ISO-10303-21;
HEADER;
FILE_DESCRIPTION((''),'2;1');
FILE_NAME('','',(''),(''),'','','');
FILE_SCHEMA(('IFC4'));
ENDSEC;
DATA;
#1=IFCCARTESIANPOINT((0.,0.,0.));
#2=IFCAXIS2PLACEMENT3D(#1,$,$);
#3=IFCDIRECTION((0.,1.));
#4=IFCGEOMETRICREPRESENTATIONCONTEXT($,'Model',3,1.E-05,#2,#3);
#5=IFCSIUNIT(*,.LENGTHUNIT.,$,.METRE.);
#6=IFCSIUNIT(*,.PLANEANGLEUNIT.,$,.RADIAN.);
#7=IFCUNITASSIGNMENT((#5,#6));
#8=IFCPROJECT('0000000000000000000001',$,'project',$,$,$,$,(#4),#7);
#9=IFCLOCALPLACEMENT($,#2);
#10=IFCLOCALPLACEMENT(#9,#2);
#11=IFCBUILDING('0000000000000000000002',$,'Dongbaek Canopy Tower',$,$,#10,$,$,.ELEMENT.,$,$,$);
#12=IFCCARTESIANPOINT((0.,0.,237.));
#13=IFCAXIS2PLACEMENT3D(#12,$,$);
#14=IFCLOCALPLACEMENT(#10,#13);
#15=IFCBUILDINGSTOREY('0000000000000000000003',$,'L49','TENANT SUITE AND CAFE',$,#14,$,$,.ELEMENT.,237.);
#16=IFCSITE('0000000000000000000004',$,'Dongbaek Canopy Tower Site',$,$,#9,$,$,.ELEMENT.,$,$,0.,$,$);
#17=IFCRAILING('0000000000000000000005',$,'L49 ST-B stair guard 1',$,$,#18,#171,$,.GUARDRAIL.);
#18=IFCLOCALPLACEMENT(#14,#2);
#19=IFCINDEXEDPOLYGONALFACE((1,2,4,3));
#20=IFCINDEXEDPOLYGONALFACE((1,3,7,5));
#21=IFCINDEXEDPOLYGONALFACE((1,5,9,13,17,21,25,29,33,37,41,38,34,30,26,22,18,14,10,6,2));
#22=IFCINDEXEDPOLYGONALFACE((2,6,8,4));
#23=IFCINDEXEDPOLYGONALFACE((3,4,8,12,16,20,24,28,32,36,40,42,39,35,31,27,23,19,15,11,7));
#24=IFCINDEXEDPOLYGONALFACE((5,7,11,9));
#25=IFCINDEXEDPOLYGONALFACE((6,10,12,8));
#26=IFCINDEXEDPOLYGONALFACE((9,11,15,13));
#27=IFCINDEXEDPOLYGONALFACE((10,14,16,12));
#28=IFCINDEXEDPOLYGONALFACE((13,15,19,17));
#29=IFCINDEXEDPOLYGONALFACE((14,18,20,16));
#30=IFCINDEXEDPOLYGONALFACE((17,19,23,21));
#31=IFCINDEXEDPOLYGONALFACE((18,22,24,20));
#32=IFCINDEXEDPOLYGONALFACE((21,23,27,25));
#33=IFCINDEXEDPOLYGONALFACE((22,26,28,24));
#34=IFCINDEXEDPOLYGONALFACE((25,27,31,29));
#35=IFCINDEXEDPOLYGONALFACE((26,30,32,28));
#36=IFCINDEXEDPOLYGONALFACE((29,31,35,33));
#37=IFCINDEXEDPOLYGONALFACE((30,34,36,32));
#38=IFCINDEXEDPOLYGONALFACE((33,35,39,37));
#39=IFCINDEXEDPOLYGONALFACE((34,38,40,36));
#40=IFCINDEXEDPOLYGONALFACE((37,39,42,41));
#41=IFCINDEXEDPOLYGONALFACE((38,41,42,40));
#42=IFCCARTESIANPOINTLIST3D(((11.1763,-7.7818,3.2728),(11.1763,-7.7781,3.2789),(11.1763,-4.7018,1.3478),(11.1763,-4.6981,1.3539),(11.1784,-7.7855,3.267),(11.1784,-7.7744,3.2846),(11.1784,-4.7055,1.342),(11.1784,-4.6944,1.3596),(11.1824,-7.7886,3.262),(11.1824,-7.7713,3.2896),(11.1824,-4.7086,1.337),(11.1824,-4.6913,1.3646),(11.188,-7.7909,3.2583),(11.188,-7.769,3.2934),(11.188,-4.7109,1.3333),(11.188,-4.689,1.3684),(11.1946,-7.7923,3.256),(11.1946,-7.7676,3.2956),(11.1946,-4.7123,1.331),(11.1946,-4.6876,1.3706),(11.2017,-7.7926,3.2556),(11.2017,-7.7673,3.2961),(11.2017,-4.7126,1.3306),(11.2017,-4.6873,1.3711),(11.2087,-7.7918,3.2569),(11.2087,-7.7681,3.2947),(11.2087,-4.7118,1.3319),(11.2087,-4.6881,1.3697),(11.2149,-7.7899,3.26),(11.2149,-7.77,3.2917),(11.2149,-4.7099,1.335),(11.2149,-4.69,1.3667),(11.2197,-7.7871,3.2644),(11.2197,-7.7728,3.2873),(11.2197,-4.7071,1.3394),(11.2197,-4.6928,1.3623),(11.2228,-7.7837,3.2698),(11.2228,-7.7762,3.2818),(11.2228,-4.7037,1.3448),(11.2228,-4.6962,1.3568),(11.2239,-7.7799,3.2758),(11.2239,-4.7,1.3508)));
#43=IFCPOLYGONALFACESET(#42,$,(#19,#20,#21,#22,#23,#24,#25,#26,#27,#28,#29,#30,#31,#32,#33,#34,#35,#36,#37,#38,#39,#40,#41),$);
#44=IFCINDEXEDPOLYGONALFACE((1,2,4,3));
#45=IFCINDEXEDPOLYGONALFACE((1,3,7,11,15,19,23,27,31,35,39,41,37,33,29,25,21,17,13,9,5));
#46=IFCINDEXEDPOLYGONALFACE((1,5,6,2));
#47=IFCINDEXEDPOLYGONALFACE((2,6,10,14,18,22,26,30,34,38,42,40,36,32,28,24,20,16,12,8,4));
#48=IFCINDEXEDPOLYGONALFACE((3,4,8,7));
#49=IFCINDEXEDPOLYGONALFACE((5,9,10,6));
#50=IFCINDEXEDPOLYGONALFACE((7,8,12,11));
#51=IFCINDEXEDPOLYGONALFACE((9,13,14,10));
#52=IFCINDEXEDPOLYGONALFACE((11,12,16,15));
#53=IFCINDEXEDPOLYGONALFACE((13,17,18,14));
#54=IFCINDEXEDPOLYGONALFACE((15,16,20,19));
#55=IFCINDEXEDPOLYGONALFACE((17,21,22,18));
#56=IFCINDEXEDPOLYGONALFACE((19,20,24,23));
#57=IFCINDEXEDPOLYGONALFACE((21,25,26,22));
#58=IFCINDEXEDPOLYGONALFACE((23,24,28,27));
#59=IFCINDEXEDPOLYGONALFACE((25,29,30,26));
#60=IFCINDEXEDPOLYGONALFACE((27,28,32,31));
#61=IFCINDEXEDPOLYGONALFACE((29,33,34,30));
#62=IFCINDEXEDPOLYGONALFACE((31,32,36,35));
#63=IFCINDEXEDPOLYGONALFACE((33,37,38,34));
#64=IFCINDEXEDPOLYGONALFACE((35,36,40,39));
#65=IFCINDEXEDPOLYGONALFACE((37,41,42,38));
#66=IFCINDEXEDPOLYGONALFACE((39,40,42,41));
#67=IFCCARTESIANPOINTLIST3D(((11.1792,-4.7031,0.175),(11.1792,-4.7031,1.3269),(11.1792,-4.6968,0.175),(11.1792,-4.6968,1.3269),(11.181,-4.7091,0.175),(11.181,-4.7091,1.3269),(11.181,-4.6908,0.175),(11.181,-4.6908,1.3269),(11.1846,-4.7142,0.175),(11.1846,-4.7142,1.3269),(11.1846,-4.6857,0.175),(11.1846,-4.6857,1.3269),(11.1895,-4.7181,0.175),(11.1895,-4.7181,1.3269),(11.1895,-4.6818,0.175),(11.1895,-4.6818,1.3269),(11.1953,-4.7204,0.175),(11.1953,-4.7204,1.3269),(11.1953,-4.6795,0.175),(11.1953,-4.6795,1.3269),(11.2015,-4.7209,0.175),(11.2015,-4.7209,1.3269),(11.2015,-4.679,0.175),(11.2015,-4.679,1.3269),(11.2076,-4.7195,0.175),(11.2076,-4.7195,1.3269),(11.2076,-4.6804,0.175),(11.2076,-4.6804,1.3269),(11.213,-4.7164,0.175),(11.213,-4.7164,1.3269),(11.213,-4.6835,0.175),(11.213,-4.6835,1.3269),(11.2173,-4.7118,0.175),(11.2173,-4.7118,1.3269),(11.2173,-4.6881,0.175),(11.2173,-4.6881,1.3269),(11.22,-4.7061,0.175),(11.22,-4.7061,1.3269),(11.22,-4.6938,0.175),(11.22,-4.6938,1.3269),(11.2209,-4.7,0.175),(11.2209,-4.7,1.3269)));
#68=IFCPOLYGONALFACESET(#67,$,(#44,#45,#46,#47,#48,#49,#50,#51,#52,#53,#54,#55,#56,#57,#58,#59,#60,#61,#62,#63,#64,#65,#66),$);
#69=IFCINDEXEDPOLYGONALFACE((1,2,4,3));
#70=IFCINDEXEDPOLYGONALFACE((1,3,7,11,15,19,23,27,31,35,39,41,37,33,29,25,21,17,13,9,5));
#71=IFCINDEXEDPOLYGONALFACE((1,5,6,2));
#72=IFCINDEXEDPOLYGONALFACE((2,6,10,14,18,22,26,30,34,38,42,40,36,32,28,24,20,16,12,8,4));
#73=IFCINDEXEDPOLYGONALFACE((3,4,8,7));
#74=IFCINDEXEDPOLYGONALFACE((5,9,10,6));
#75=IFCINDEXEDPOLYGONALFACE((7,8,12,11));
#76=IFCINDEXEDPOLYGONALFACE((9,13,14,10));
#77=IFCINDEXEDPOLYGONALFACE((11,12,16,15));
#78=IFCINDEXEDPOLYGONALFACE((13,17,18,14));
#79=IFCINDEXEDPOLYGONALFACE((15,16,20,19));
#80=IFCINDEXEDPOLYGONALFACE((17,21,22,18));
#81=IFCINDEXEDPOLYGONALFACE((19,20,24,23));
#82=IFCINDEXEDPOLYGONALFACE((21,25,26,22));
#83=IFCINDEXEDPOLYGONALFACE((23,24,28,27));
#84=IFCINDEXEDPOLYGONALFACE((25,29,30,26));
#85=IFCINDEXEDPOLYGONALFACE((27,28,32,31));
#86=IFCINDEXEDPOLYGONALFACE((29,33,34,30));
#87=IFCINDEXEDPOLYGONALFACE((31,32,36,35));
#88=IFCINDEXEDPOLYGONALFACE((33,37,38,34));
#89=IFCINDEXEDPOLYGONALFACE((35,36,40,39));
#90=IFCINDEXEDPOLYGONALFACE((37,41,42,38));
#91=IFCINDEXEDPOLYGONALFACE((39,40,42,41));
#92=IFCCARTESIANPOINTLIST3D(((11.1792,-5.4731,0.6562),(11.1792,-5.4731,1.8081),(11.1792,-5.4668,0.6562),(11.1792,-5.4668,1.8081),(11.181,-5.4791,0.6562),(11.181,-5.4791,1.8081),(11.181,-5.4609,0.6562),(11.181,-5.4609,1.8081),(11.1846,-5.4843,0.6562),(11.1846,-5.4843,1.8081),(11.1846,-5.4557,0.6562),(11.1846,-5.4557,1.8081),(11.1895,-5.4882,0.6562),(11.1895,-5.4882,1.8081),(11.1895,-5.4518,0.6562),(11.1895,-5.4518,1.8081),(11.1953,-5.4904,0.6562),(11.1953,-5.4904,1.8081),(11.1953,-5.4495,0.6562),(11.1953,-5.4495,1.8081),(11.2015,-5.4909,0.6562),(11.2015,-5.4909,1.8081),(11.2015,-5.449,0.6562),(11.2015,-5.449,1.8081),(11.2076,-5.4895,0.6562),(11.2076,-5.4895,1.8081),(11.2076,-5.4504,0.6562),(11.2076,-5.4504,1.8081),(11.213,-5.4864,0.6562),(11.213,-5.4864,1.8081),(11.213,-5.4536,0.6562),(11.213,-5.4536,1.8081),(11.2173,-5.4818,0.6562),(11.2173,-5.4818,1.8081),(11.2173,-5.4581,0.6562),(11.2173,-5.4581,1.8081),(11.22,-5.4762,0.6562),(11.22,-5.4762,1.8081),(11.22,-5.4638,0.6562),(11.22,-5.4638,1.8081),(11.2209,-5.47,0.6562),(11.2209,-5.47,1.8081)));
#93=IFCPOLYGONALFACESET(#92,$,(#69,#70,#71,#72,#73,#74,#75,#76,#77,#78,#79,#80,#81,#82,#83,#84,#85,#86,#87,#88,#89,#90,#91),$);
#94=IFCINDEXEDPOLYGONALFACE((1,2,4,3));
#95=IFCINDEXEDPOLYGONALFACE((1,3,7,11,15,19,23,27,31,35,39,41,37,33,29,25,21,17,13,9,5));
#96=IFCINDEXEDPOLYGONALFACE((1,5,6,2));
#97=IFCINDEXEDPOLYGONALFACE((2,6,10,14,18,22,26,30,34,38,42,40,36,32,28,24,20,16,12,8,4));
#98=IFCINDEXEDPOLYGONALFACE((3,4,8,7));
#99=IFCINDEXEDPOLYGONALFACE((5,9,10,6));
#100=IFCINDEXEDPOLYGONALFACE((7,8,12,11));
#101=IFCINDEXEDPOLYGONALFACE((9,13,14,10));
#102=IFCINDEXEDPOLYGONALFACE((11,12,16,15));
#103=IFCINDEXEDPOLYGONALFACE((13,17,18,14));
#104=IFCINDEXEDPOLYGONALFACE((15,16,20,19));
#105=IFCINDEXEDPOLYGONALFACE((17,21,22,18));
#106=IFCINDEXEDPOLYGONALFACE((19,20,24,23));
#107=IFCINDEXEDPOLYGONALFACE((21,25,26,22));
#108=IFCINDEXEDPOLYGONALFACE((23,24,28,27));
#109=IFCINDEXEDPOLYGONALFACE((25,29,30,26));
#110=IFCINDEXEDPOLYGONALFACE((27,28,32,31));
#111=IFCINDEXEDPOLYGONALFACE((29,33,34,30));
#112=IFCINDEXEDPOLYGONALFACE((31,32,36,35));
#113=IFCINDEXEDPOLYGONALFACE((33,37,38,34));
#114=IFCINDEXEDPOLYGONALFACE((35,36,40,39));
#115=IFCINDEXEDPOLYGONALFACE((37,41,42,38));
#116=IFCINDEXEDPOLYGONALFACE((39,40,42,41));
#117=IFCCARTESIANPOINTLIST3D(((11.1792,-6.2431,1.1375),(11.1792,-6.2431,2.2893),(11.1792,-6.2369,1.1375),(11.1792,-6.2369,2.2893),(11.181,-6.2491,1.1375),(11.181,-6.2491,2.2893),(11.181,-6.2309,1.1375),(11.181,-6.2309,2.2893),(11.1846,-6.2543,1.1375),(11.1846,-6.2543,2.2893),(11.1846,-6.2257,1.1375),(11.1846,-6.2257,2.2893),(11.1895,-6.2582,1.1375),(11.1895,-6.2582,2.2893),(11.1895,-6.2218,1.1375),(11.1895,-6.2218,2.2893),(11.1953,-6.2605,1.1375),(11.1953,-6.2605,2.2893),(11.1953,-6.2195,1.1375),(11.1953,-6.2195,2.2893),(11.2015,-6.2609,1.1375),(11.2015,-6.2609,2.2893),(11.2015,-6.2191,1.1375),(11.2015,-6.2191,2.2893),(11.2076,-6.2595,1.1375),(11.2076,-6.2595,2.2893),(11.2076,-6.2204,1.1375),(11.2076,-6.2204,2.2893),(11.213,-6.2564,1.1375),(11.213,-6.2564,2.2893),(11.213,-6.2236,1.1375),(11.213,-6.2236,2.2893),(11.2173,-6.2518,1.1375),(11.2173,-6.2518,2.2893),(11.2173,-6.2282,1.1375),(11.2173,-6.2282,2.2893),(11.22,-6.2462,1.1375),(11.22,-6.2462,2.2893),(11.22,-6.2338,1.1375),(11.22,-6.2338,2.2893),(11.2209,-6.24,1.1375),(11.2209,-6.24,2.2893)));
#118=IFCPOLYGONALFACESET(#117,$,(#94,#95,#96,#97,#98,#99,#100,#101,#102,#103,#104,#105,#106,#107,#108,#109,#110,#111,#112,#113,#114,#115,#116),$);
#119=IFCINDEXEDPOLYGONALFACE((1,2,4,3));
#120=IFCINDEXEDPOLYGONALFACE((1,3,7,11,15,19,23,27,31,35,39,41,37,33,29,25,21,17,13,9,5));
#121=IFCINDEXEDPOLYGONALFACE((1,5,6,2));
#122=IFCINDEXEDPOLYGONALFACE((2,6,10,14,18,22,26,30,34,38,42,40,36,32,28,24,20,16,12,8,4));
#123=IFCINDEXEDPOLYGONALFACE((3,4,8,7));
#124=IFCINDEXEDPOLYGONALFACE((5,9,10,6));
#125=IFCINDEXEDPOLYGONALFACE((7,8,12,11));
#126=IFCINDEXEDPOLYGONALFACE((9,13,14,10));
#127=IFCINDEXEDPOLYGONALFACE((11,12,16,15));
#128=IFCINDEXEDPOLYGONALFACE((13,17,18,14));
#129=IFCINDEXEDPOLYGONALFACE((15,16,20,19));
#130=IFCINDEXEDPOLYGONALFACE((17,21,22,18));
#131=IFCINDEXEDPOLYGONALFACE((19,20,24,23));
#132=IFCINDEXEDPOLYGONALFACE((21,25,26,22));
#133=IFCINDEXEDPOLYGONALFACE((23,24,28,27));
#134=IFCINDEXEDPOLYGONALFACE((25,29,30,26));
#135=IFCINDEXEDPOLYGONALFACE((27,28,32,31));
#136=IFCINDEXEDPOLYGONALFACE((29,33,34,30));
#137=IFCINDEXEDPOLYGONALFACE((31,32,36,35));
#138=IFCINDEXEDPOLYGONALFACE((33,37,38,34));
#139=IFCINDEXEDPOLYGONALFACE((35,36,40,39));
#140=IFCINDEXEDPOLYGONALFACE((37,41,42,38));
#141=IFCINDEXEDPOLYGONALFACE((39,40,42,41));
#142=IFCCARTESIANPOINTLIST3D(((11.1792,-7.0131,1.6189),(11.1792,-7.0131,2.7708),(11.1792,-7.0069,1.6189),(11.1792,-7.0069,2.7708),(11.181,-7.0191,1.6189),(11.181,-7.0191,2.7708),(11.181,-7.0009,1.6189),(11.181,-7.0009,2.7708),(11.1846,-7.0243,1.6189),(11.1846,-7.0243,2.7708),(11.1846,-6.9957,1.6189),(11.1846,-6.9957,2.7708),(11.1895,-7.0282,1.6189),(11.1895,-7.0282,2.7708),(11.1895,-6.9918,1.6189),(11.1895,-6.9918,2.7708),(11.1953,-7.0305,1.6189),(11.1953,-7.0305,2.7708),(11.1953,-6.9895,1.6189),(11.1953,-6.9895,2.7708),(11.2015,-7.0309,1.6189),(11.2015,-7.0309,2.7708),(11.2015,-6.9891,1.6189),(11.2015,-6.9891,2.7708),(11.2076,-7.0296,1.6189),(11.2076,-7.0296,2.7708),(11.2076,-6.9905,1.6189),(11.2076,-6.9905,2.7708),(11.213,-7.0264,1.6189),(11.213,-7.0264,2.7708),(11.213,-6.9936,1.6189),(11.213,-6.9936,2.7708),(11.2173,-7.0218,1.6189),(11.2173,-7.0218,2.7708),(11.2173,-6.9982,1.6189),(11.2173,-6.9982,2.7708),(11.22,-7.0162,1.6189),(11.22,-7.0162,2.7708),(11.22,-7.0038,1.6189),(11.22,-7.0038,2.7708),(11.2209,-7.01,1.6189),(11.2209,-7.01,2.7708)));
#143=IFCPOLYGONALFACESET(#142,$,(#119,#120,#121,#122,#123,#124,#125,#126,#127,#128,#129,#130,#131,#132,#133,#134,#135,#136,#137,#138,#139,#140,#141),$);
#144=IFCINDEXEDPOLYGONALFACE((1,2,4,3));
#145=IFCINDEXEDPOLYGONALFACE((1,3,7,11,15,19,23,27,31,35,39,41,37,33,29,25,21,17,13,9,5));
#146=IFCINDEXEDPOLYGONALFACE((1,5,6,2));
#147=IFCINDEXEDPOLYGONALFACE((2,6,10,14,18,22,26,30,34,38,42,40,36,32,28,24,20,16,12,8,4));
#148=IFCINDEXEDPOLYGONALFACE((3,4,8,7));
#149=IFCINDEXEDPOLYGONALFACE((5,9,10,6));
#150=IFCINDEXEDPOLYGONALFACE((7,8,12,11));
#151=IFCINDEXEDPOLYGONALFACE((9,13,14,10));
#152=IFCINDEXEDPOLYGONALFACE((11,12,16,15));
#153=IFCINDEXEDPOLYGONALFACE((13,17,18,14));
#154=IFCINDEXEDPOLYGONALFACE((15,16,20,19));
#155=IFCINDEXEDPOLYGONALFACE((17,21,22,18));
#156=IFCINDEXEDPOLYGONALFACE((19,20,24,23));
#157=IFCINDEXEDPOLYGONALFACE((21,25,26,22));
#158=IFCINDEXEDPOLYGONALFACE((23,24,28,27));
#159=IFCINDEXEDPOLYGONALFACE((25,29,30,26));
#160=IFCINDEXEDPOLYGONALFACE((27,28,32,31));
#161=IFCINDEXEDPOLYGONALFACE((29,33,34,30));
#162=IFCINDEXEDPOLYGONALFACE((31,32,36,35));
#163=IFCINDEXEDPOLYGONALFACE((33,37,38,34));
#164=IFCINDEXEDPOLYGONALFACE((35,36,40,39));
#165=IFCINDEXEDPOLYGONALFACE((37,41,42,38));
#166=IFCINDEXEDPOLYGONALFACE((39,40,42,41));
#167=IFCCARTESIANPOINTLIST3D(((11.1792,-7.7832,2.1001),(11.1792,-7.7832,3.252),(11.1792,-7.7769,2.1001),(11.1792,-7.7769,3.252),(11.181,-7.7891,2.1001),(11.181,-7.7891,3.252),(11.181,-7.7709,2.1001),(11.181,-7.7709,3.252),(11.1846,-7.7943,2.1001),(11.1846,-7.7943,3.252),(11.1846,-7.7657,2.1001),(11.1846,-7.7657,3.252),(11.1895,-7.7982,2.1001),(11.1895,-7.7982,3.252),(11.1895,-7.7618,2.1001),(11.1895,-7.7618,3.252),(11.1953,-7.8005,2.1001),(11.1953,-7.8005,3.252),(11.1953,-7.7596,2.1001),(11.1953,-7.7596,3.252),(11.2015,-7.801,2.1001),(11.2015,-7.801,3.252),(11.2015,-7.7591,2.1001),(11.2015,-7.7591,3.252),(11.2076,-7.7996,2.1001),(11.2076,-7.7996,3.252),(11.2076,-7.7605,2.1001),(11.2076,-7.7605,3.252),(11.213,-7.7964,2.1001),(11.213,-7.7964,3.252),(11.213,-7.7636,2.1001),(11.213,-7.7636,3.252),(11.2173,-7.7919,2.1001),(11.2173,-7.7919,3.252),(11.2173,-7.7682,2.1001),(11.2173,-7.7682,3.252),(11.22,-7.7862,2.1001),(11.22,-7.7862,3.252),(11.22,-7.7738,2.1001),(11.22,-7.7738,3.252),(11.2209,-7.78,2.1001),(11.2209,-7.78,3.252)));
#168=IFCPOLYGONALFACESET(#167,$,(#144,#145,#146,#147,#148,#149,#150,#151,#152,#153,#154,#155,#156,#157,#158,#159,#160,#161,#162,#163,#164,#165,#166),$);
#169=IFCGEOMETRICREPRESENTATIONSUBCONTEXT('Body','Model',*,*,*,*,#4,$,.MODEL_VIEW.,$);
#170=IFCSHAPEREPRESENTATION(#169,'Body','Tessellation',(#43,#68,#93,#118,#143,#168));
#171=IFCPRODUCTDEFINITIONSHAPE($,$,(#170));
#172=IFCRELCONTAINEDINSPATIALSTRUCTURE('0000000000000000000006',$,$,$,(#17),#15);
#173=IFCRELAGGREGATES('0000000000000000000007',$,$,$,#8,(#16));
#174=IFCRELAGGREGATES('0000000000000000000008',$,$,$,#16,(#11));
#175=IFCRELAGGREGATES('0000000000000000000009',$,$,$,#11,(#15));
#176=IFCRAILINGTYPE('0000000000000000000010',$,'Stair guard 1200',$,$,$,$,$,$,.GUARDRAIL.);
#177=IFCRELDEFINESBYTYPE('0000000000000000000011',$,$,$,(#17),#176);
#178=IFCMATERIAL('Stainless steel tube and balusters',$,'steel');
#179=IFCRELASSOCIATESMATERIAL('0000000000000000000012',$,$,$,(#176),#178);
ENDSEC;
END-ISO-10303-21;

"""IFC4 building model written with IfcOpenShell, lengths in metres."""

from ifc_helpers import new_model, si_unit, direction, frame, origin, origin_2d, place, context, subcontext, project, spatial, circle, extrude, material, type_object, element, save


model = new_model("IFC4")

# Units and contexts
model_context = context("Model", 3, precision=1e-05, world=origin(), true_north=direction((0.0, 1.0)))
body_context = subcontext(model_context, "Body", "Model", "MODEL_VIEW")
ifc_project = project(units=[si_unit("LENGTHUNIT", "METRE"), si_unit("PLANEANGLEUNIT", "RADIAN")], contexts=[model_context])

# Site, building, storey
site_placement = place(None, origin())
site = spatial("IfcSite", under=ifc_project, at=site_placement, Name="Dongbaek Canopy Tower Site", CompositionType="ELEMENT", RefElevation=0.0)
building_placement = place(site_placement, origin())
building = spatial("IfcBuilding", under=site, at=building_placement, Name="Dongbaek Canopy Tower", CompositionType="ELEMENT")
storey_placement = place(building_placement, frame((0.0, 0.0, 237.0)))
storey = spatial("IfcBuildingStorey", under=building, at=storey_placement, Name="L49", Description="TENANT SUITE AND CAFE", CompositionType="ELEMENT", Elevation=237.0)

# Railing
ifc_material_1 = material(Name="Stainless steel tube and balusters", Category="steel")
railing_type_1 = type_object("IfcRailingType", Name="Stair guard 1200", PredefinedType="GUARDRAIL", material=ifc_material_1)
railing_1_placement = place(storey_placement, frame((11.2, -4.7, 0.175)))
element("IfcRailing", 1, at=railing_1_placement, inside=storey, type_object=railing_type_1, Name="L49 ST-B stair guard 1", PredefinedType="GUARDRAIL", context=body_context, shape_type="SweptSolid", body=[
    extrude(circle(Radius=0.0239, at=origin_2d()), frame((0.0, 0.0, 1.1758), z_axis=(0.0, -0.847998, 0.529999), x_axis=(1.0, 0.0, 0.0)), (0.0, 0.0, 1.0), 3.6321),
    extrude(circle(Radius=0.021, at=origin_2d()), origin(), (0.0, 0.0, 1.0), 1.1519),
    extrude(circle(Radius=0.021, at=origin_2d()), frame((0.0, -0.77, 0.4812)), (0.0, 0.0, 1.0), 1.1519),
    extrude(circle(Radius=0.021, at=origin_2d()), frame((0.0, -1.54, 0.9624)), (0.0, 0.0, 1.0), 1.1519),
    extrude(circle(Radius=0.021, at=origin_2d()), frame((0.0, -2.3101, 1.4438)), (0.0, 0.0, 1.0), 1.1519),
    extrude(circle(Radius=0.021, at=origin_2d()), frame((0.0, -3.0801, 1.925)), (0.0, 0.0, 1.0), 1.1519),
])

save(model, "model.ifc")
